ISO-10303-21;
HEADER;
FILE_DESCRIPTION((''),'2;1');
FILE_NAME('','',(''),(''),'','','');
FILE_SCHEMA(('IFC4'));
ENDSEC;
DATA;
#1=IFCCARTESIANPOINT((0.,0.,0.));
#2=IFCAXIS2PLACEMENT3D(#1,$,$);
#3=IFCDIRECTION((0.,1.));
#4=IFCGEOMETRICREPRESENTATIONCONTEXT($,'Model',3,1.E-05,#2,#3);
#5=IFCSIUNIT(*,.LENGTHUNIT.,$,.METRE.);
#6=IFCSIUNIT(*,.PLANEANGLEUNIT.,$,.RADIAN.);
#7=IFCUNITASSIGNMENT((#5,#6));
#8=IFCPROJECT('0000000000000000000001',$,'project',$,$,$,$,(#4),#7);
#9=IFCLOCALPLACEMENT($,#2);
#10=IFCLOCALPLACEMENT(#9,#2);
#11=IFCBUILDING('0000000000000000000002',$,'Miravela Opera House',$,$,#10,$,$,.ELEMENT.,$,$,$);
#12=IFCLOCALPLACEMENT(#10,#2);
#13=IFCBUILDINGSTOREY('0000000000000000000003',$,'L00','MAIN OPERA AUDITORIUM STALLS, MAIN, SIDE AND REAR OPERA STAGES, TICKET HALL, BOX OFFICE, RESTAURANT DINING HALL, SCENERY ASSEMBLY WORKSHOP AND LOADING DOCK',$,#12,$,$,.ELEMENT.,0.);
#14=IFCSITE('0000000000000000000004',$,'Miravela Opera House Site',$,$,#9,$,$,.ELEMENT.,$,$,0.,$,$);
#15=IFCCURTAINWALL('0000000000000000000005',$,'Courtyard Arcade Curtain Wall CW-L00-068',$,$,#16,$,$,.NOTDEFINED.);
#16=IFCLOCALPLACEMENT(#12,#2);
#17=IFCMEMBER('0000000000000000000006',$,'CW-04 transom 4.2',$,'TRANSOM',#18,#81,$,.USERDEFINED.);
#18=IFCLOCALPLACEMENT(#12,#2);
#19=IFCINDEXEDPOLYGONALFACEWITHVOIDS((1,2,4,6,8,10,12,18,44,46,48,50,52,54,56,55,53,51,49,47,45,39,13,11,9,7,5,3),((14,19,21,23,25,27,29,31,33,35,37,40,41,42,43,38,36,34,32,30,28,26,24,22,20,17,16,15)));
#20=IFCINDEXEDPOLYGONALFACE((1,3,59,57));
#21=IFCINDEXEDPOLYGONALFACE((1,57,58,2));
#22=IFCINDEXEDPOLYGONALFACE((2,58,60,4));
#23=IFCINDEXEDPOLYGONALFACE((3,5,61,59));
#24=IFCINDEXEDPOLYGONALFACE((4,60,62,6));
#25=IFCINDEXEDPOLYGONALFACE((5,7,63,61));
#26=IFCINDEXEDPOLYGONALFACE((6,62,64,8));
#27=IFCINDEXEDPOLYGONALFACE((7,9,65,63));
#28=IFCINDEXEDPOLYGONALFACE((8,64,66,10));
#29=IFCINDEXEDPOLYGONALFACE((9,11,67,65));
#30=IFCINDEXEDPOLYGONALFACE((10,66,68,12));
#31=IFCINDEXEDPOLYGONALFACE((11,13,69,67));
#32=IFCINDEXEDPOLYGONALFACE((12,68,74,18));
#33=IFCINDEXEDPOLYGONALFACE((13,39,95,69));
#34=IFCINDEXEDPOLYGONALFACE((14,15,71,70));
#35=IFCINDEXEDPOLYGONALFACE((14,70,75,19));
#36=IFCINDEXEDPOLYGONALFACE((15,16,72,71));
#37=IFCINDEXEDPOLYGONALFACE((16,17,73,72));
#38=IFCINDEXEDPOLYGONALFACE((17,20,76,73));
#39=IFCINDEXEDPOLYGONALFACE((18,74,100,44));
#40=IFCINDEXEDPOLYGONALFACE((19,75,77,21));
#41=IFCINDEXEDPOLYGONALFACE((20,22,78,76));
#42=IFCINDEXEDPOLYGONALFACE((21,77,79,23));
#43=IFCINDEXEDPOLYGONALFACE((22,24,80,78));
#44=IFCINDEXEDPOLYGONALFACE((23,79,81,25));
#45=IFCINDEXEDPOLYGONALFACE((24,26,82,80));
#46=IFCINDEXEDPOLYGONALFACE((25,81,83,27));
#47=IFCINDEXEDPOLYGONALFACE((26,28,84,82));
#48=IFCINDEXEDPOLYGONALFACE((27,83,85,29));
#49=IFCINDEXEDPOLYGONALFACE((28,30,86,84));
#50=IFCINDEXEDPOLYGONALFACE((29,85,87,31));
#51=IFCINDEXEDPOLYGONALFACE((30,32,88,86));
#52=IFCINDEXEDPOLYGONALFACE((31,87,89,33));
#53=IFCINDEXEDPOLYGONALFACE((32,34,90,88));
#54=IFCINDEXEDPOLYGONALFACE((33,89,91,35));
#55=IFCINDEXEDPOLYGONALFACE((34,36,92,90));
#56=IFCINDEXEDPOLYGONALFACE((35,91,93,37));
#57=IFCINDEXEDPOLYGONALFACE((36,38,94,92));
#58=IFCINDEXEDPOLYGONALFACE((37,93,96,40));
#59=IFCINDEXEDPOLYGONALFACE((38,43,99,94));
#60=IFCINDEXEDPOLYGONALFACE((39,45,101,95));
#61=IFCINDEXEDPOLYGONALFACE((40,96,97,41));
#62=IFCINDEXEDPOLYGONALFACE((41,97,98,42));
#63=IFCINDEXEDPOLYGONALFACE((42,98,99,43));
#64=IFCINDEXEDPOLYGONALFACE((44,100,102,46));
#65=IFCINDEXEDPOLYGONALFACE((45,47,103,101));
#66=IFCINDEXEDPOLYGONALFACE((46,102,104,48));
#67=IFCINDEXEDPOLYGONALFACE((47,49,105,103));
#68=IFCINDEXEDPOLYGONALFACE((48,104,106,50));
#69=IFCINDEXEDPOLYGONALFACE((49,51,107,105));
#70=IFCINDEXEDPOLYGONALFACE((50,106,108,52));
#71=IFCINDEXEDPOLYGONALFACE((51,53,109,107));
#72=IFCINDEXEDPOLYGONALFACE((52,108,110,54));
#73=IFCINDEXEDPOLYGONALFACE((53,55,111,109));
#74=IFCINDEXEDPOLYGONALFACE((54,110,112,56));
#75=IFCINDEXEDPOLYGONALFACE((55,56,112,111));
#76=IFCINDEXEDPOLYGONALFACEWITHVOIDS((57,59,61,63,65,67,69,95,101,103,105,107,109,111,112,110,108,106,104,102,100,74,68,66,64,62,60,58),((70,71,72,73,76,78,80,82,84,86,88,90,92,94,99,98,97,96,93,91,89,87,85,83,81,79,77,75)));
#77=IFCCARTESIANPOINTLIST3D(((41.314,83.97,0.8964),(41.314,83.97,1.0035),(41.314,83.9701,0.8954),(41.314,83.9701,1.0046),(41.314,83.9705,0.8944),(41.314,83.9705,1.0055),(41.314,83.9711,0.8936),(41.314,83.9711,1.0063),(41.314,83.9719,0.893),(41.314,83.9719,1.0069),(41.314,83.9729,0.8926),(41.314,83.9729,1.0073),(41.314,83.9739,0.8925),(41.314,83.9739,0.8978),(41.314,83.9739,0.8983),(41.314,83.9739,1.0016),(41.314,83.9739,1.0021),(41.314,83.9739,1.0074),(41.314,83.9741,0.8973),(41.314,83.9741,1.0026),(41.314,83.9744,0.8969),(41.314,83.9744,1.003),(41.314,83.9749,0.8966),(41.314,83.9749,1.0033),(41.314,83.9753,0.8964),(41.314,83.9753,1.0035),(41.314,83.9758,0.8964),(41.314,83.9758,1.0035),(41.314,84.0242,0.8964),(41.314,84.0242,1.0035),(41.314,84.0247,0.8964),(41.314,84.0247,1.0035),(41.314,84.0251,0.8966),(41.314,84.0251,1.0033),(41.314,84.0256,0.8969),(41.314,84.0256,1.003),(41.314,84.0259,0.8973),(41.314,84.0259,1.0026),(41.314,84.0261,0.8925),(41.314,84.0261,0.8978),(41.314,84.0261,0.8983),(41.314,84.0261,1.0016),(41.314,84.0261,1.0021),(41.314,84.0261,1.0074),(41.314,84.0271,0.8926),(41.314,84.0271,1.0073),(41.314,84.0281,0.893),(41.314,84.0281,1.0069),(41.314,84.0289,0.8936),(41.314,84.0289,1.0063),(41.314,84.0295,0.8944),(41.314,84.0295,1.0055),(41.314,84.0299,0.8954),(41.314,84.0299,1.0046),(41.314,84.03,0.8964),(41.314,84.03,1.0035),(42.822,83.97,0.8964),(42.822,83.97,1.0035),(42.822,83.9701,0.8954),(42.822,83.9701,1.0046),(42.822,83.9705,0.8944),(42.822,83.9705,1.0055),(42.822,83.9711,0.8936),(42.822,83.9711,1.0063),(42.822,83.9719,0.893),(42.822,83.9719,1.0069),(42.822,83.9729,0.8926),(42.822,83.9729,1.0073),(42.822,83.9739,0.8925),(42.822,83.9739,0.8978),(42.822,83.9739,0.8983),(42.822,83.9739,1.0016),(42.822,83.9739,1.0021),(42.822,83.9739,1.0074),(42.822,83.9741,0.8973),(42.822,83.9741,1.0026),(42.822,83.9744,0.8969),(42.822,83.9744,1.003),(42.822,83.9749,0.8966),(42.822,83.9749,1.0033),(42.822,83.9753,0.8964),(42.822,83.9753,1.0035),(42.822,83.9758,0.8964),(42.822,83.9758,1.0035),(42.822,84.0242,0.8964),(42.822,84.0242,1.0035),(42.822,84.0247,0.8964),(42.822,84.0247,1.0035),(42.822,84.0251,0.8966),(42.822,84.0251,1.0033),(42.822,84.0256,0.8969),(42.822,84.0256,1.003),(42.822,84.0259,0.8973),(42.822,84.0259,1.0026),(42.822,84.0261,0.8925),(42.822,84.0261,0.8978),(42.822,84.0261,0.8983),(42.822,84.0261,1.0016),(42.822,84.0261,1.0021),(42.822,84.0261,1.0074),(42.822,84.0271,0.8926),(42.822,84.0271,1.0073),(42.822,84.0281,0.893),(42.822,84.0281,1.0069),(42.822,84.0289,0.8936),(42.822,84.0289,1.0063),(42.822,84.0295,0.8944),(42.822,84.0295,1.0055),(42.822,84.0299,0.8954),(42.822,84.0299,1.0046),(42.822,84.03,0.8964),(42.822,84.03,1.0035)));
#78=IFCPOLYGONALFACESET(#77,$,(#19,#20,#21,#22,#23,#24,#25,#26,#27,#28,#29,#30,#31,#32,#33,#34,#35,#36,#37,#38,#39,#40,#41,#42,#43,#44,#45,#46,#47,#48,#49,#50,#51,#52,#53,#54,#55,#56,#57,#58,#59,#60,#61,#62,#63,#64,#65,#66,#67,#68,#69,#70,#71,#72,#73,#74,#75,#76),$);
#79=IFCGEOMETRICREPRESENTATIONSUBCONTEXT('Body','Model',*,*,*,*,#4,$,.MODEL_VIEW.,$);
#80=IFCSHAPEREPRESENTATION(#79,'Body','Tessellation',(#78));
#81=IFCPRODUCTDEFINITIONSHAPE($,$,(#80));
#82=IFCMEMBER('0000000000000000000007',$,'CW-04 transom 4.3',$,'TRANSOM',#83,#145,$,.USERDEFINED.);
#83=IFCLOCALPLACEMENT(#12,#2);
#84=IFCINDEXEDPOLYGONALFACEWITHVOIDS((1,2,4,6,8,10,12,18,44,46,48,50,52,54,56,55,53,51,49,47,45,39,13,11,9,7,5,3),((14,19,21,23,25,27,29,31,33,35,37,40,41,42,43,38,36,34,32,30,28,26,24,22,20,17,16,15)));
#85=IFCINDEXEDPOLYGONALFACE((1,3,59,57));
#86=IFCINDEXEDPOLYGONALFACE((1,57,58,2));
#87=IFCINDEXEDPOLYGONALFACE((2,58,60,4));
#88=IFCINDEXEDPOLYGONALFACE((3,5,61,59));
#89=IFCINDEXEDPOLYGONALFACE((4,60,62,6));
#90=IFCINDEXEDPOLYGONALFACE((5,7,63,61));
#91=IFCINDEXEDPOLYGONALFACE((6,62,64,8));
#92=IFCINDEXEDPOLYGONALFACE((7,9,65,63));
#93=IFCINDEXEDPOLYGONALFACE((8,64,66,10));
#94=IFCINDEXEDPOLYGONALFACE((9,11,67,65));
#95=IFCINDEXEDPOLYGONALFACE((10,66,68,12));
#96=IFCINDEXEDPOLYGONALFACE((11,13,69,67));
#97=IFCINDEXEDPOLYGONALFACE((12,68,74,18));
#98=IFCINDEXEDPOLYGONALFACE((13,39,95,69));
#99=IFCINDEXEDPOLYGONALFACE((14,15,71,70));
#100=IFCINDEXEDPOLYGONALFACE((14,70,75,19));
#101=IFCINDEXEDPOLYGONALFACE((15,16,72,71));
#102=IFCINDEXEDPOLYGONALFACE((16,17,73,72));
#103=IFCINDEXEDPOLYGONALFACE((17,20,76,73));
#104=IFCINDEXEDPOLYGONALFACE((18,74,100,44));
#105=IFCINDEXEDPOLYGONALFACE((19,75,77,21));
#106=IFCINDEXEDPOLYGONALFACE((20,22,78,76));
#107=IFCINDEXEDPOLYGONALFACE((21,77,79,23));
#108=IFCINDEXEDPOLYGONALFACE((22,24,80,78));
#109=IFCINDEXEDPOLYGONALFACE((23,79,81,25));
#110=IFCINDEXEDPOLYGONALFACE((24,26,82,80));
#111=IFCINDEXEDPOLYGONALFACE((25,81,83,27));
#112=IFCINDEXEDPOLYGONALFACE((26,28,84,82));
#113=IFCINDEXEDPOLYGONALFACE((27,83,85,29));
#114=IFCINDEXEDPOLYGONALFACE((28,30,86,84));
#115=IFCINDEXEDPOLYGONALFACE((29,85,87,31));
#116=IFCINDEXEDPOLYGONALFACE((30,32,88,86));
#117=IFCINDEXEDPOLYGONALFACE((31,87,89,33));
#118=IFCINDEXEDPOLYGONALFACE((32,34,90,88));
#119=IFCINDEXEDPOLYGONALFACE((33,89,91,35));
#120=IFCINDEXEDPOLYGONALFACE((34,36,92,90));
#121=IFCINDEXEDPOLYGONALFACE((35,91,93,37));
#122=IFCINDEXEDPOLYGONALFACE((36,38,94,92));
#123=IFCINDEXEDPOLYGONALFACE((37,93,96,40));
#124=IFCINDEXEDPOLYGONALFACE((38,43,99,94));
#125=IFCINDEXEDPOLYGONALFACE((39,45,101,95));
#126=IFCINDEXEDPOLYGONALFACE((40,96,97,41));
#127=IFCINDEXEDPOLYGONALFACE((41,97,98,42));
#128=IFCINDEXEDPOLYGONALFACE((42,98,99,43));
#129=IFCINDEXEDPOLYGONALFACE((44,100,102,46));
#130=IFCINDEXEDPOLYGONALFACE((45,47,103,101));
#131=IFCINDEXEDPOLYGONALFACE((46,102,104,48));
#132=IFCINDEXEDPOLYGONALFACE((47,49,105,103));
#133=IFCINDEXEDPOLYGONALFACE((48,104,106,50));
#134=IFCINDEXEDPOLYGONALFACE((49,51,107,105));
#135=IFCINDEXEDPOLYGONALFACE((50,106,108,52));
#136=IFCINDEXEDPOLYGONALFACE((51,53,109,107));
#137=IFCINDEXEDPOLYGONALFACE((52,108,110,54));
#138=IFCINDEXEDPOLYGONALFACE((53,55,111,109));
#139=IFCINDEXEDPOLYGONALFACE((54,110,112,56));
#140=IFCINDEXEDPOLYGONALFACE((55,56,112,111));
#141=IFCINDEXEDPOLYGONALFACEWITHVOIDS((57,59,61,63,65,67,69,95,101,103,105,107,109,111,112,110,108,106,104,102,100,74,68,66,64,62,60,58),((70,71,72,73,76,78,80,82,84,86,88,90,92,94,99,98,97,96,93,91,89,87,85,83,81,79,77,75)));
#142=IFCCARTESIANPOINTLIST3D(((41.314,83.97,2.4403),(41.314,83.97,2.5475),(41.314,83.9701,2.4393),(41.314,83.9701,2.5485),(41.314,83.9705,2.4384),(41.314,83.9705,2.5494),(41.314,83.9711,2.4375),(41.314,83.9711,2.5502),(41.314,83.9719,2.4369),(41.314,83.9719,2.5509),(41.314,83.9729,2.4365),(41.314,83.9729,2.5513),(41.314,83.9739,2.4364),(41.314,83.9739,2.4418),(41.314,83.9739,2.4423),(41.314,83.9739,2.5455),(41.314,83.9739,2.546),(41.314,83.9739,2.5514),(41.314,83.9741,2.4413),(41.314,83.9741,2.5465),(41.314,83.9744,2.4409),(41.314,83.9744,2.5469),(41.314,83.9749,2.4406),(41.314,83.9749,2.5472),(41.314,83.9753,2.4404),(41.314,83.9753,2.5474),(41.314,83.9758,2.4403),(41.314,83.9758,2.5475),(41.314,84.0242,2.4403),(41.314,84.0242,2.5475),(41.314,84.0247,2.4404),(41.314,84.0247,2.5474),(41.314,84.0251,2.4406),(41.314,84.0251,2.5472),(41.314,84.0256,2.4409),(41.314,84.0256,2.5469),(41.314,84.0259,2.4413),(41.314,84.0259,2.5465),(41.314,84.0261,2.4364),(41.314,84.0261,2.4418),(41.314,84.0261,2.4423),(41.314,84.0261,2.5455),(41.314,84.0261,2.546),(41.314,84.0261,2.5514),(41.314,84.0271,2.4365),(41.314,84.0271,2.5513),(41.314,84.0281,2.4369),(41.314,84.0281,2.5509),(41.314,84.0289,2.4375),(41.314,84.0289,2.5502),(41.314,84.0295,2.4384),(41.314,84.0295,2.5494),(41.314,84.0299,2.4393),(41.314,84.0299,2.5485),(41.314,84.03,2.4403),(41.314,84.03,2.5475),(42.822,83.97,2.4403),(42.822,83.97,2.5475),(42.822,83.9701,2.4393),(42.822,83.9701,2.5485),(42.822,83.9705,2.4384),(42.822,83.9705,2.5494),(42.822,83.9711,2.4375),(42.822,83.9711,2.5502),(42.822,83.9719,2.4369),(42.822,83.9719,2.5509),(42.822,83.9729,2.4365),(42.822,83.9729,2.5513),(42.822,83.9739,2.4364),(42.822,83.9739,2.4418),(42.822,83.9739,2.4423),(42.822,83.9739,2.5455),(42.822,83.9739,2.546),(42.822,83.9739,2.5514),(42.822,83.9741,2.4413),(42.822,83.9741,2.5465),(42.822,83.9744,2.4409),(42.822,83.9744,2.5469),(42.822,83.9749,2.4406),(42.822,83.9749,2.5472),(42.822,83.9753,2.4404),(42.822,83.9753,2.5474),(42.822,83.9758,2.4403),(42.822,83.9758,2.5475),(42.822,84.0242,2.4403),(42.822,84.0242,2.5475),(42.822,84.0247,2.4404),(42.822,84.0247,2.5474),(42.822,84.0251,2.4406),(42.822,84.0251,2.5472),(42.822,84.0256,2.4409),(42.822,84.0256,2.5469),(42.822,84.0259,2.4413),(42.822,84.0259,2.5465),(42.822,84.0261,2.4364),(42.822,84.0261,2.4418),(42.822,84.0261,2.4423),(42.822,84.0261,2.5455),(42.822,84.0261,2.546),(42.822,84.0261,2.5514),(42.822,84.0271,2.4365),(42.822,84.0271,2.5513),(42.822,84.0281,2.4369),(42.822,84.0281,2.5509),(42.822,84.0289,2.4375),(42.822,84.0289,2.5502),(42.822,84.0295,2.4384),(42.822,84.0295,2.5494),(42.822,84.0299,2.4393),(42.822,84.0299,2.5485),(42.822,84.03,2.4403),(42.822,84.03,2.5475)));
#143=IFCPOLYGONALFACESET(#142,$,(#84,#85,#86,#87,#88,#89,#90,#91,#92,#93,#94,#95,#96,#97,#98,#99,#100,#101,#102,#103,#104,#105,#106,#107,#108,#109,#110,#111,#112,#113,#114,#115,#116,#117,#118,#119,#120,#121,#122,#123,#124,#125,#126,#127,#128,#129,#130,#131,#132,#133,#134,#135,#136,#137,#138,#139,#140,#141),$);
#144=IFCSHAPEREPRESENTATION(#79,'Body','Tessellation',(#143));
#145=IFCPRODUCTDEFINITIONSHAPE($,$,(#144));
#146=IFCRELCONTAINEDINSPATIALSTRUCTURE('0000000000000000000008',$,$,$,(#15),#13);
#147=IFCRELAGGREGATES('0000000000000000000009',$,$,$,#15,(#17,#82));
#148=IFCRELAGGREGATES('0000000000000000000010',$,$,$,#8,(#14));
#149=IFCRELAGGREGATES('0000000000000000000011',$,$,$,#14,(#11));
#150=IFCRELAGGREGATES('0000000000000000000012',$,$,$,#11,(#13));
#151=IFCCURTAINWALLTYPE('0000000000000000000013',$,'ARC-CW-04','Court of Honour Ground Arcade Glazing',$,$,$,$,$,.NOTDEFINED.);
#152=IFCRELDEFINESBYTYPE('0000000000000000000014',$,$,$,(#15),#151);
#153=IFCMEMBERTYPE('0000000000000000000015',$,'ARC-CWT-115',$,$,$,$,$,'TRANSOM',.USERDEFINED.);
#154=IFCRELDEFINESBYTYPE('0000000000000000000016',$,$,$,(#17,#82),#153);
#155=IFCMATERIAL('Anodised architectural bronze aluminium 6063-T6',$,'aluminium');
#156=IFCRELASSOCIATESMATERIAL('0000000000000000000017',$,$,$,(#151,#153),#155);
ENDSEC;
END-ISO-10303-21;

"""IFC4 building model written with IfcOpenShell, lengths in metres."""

from ifc_helpers import new_model, si_unit, direction, frame, origin, origin_2d, place, context, subcontext, project, spatial, hollow_rectangle, extrude, material, material_profile, profile_set, type_object, element, aggregate, save


model = new_model("IFC4")

# Units and contexts
model_context = context("Model", 3, precision=1e-05, world=origin(), true_north=direction((0.0, 1.0)))
body_context = subcontext(model_context, "Body", "Model", "MODEL_VIEW")
ifc_project = project(units=[si_unit("LENGTHUNIT", "METRE"), si_unit("PLANEANGLEUNIT", "RADIAN")], contexts=[model_context])

# Site, building, storey
site_placement = place(None, origin())
site = spatial("IfcSite", under=ifc_project, at=site_placement, Name="Miravela Opera House Site", CompositionType="ELEMENT", RefElevation=0.0)
building_placement = place(site_placement, origin())
building = spatial("IfcBuilding", under=site, at=building_placement, Name="Miravela Opera House", CompositionType="ELEMENT")
storey_placement = place(building_placement, origin())
storey = spatial("IfcBuildingStorey", under=building, at=storey_placement, Name="L00", Description="MAIN OPERA AUDITORIUM STALLS, MAIN, SIDE AND REAR OPERA STAGES, TICKET HALL, BOX OFFICE, RESTAURANT DINING HALL, SCENERY ASSEMBLY WORKSHOP AND LOADING DOCK", CompositionType="ELEMENT", Elevation=0.0)

# Curtain wall, members
ifc_material_1 = material(Name="Anodised architectural bronze aluminium 6063-T6", Category="aluminium")
curtain_wall_type = type_object("IfcCurtainWallType", Name="ARC-CW-04", Description="Court of Honour Ground Arcade Glazing", PredefinedType="NOTDEFINED", material=ifc_material_1)
curtain_wall_placement = place(storey_placement, origin())
curtain_wall = element("IfcCurtainWall", 1, at=curtain_wall_placement, inside=storey, type_object=curtain_wall_type, Name="Courtyard Arcade Curtain Wall CW-L00-068", PredefinedType="NOTDEFINED")
ifc_material_profile_1 = material_profile(ifc_material_1, hollow_rectangle(XDim=0.0601, YDim=0.115, WallThickness=0.0039, InnerFilletRadius=0.002, OuterFilletRadius=0.0039, at=origin_2d()), Name="CWT-60X115")
ifc_profile_set_1 = profile_set([ifc_material_profile_1])
member_type_1 = type_object("IfcMemberType", Name="ARC-CWT-115", ElementType="TRANSOM", PredefinedType="USERDEFINED", material=ifc_profile_set_1)
member_1_placement = place(storey_placement, frame((41.314, 84.0, 0.95), z_axis=(1.0, 0.0, 0.0), x_axis=(0.0, 1.0, 0.0)))
member_1 = element("IfcMember", 2, at=member_1_placement, type_object=member_type_1, Name="CW-04 transom 4.2", ObjectType="TRANSOM", PredefinedType="USERDEFINED", context=body_context, shape_type="SweptSolid", body=[
    extrude(hollow_rectangle(XDim=0.0601, YDim=0.115, WallThickness=0.0039, InnerFilletRadius=0.002, OuterFilletRadius=0.0039, at=origin_2d()), origin(), (0.0, 0.0, 1.0), 1.5081),
])
member_2_placement = place(storey_placement, frame((41.314, 84.0, 2.4939), z_axis=(1.0, 0.0, 0.0), x_axis=(0.0, 1.0, 0.0)))
member_2 = element("IfcMember", 3, at=member_2_placement, type_object=member_type_1, Name="CW-04 transom 4.3", ObjectType="TRANSOM", PredefinedType="USERDEFINED", context=body_context, shape_type="SweptSolid", body=[
    extrude(hollow_rectangle(XDim=0.0601, YDim=0.115, WallThickness=0.0039, InnerFilletRadius=0.002, OuterFilletRadius=0.0039, at=origin_2d()), origin(), (0.0, 0.0, 1.0), 1.5081),
])
aggregate(curtain_wall, [member_1, member_2])

save(model, "model.ifc")
